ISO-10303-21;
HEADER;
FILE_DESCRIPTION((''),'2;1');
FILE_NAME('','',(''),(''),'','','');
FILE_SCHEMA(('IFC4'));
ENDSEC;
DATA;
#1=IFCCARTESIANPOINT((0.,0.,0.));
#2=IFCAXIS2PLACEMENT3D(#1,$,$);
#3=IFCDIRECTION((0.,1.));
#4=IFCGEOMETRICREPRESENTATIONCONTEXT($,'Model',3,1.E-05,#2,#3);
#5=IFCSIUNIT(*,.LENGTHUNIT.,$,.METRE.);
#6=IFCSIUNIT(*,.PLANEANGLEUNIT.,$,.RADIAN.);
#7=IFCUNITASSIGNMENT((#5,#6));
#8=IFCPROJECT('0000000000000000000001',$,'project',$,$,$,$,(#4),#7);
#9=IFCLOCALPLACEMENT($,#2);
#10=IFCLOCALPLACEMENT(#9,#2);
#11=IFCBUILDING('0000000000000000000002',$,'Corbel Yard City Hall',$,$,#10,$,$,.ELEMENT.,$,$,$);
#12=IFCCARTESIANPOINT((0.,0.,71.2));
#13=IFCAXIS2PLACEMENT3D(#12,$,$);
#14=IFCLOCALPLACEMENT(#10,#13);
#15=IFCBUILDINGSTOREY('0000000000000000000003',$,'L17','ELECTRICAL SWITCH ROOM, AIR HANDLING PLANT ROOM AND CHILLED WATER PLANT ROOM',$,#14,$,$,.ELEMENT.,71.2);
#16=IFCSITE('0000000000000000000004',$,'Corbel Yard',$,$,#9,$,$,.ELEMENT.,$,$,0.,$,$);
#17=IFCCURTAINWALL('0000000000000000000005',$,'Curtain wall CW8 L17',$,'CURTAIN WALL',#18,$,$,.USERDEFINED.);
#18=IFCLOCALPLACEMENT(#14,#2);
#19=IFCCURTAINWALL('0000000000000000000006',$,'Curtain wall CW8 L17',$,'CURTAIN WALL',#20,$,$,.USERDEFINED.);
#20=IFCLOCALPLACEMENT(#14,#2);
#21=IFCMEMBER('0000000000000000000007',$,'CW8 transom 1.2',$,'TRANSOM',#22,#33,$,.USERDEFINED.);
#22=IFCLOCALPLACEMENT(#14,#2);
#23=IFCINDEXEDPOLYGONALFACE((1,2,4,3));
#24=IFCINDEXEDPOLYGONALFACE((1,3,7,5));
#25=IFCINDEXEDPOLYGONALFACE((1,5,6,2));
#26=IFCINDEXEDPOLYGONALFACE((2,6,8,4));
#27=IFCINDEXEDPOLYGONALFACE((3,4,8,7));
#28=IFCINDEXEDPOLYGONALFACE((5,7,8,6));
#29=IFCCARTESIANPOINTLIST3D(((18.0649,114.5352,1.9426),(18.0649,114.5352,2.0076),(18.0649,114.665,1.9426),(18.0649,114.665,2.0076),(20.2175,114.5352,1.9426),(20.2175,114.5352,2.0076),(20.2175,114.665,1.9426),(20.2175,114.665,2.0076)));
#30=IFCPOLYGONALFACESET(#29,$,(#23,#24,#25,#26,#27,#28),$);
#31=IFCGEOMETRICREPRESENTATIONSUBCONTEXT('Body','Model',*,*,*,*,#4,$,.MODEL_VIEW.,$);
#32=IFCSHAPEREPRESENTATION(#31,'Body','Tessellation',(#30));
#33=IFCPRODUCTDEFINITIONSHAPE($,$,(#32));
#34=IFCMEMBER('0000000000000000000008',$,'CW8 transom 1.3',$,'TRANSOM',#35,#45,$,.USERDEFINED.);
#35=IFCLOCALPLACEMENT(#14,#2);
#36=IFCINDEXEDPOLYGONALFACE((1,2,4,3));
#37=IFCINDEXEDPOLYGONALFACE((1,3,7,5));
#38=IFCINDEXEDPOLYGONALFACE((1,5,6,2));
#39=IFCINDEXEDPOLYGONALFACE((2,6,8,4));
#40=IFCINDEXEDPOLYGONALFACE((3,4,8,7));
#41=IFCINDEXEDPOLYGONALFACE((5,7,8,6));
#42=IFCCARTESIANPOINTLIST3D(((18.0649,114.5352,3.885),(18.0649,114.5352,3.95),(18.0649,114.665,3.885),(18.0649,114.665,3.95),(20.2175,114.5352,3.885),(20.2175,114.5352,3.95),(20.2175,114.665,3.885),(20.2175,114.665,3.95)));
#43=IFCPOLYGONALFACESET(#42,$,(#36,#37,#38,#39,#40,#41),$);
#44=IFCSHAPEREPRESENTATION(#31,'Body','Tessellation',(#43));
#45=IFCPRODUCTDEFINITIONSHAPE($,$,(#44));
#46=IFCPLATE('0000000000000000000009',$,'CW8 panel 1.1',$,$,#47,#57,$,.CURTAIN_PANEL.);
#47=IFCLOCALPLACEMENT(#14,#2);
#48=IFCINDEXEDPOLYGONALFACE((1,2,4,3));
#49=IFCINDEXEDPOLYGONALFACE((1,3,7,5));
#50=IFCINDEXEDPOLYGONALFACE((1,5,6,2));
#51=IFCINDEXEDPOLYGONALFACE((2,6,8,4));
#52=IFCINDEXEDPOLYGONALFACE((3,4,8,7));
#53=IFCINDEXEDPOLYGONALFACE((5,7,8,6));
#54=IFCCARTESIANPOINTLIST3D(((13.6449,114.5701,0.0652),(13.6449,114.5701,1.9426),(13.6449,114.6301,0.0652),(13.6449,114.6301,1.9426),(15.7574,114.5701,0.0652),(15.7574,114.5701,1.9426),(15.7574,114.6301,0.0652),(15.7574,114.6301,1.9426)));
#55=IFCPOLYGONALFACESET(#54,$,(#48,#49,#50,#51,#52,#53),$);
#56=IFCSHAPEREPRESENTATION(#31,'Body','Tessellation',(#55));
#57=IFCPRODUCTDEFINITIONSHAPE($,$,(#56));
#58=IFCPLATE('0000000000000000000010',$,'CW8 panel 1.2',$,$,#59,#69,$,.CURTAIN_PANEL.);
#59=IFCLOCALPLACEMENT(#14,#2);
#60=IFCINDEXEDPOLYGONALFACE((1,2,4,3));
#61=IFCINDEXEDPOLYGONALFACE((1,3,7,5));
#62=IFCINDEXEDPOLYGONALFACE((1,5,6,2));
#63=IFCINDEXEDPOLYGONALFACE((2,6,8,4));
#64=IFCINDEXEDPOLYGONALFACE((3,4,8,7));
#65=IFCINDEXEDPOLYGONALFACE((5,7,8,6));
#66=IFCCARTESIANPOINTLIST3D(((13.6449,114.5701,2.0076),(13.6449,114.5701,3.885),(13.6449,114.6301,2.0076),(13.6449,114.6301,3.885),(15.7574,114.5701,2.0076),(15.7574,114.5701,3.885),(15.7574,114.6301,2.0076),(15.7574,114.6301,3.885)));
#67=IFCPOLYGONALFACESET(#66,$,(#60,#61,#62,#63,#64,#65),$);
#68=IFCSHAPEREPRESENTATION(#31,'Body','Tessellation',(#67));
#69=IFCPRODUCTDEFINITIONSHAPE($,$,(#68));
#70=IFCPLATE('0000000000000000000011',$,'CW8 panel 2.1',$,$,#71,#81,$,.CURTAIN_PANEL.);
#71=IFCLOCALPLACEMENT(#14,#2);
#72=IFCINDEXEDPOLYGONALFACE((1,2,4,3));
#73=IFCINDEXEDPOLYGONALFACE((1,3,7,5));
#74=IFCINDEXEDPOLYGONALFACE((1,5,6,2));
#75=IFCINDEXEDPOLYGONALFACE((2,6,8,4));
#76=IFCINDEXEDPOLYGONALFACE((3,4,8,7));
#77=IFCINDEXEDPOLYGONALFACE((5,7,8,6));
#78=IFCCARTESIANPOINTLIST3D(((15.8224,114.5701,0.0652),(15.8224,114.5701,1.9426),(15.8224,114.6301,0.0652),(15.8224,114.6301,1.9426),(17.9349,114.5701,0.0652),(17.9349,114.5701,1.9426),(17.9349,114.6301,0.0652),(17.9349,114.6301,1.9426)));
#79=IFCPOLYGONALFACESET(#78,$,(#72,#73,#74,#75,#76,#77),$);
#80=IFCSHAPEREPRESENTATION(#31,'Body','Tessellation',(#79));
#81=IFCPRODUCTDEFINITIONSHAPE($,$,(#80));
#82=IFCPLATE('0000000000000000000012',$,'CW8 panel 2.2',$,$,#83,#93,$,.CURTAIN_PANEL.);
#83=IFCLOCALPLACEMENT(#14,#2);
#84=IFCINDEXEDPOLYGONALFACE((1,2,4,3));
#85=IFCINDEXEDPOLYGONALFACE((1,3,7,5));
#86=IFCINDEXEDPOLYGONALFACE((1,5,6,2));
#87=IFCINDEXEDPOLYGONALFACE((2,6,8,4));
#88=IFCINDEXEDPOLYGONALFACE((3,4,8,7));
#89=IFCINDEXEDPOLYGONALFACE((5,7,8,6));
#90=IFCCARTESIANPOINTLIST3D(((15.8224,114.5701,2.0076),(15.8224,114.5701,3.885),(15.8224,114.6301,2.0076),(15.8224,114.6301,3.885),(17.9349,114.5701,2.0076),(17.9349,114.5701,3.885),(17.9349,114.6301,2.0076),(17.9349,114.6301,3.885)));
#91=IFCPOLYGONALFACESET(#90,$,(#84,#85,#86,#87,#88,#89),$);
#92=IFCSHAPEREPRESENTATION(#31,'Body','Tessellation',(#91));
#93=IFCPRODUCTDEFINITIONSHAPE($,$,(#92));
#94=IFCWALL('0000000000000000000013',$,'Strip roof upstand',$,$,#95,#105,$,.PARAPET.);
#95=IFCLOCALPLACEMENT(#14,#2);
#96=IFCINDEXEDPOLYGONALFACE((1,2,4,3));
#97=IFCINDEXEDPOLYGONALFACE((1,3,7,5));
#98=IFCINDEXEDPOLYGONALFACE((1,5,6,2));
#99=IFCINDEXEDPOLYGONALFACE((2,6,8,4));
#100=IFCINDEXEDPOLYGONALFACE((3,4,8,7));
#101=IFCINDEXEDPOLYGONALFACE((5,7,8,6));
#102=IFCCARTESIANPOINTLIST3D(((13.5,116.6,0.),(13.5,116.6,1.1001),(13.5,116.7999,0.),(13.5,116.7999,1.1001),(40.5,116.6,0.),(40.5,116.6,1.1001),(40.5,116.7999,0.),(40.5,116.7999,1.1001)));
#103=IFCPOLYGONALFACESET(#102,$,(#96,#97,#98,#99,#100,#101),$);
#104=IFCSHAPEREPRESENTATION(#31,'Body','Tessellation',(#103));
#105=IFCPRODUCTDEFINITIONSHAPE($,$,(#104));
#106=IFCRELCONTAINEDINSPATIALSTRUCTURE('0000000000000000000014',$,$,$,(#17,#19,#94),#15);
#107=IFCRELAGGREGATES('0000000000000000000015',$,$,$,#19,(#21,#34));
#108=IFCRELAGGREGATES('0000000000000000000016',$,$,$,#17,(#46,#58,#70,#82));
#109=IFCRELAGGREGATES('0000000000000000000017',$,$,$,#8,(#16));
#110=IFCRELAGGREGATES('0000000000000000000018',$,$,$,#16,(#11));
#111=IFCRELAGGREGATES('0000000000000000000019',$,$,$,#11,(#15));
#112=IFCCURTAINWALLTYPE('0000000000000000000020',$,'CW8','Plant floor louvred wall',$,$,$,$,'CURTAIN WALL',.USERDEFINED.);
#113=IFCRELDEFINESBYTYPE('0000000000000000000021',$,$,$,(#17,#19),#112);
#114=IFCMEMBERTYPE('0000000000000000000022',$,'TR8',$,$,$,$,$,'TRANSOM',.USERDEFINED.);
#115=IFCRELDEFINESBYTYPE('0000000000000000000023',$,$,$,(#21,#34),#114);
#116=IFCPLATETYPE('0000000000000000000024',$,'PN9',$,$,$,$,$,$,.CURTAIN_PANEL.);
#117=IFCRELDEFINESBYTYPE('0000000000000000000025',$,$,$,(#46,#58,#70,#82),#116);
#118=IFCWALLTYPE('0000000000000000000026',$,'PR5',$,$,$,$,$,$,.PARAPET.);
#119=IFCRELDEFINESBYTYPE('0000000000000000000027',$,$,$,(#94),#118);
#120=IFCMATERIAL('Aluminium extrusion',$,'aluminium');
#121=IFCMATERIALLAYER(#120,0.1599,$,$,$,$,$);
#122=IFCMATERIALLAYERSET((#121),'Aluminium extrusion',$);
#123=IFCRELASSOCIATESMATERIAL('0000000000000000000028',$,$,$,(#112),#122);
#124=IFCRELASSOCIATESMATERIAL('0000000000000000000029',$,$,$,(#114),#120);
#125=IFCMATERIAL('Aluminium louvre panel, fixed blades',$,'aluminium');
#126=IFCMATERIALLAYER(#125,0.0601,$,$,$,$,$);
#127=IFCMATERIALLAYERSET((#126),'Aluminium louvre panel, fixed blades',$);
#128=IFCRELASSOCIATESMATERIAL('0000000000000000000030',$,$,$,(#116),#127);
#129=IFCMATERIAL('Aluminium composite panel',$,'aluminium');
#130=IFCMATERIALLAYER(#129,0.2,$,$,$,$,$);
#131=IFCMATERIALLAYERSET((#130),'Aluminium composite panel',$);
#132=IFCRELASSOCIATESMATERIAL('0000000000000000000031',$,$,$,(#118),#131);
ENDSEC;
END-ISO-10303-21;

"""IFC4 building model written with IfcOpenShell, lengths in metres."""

from ifc_helpers import new_model, si_unit, direction, frame, frame_2d, origin, origin_2d, place, context, subcontext, project, spatial, rectangle, extrude, material, layer, layer_set, material_profile, profile_set, type_object, element, aggregate, save


model = new_model("IFC4")

# Units and contexts
model_context = context("Model", 3, precision=1e-05, world=origin(), true_north=direction((0.0, 1.0)))
body_context = subcontext(model_context, "Body", "Model", "MODEL_VIEW")
ifc_project = project(units=[si_unit("LENGTHUNIT", "METRE"), si_unit("PLANEANGLEUNIT", "RADIAN")], contexts=[model_context])

# Site, building, storey
site_placement = place(None, origin())
site = spatial("IfcSite", under=ifc_project, at=site_placement, Name="Corbel Yard", CompositionType="ELEMENT", RefElevation=0.0)
building_placement = place(site_placement, origin())
building = spatial("IfcBuilding", under=site, at=building_placement, Name="Corbel Yard City Hall", CompositionType="ELEMENT")
storey_placement = place(building_placement, frame((0.0, 0.0, 71.2)))
storey = spatial("IfcBuildingStorey", under=building, at=storey_placement, Name="L17", Description="ELECTRICAL SWITCH ROOM, AIR HANDLING PLANT ROOM AND CHILLED WATER PLANT ROOM", CompositionType="ELEMENT", Elevation=71.2)

# Curtain wall
ifc_material_1 = material(Name="Aluminium extrusion", Category="aluminium")
ifc_layer_1 = layer(ifc_material_1, 0.1599)
ifc_layer_set_1 = layer_set([ifc_layer_1], Name="Aluminium extrusion")
curtain_wall_type = type_object("IfcCurtainWallType", Name="CW8", Description="Plant floor louvred wall", ElementType="CURTAIN WALL", PredefinedType="USERDEFINED", material=ifc_layer_set_1)
curtain_wall_1_placement = place(storey_placement, origin())
curtain_wall_1 = element("IfcCurtainWall", 1, at=curtain_wall_1_placement, inside=storey, type_object=curtain_wall_type, Name="Curtain wall CW8 L17", ObjectType="CURTAIN WALL", PredefinedType="USERDEFINED")

# Curtain wall
curtain_wall_2_placement = place(storey_placement, origin())
curtain_wall_2 = element("IfcCurtainWall", 2, at=curtain_wall_2_placement, inside=storey, type_object=curtain_wall_type, Name="Curtain wall CW8 L17", ObjectType="CURTAIN WALL", PredefinedType="USERDEFINED")

# Members
ifc_material_profile_1 = material_profile(ifc_material_1, rectangle(XDim=0.1299, YDim=0.0649, at=origin_2d()), Name="130x65")
ifc_profile_set_1 = profile_set([ifc_material_profile_1], Name="Aluminium extrusion")
member_type_1 = type_object("IfcMemberType", Name="TR8", ElementType="TRANSOM", PredefinedType="USERDEFINED", material=ifc_profile_set_1)
member_1_placement = place(storey_placement, frame((18.0649, 114.6001, 1.9751), z_axis=(1.0, 0.0, 0.0), x_axis=(0.0, 1.0, 0.0)))
member_1 = element("IfcMember", 3, at=member_1_placement, type_object=member_type_1, Name="CW8 transom 1.2", ObjectType="TRANSOM", PredefinedType="USERDEFINED", context=body_context, shape_type="SweptSolid", body=[
    extrude(rectangle(XDim=0.1299, YDim=0.0649, at=origin_2d()), origin(), (0.0, 0.0, 1.0), 2.1526),
])
member_2_placement = place(storey_placement, frame((18.0649, 114.6001, 3.9175), z_axis=(1.0, 0.0, 0.0), x_axis=(0.0, 1.0, 0.0)))
member_2 = element("IfcMember", 4, at=member_2_placement, type_object=member_type_1, Name="CW8 transom 1.3", ObjectType="TRANSOM", PredefinedType="USERDEFINED", context=body_context, shape_type="SweptSolid", body=[
    extrude(rectangle(XDim=0.1299, YDim=0.0649, at=origin_2d()), origin(), (0.0, 0.0, 1.0), 2.1526),
])
aggregate(curtain_wall_2, [member_1, member_2])

# Plates
ifc_material_2 = material(Name="Aluminium louvre panel, fixed blades", Category="aluminium")
ifc_layer_2 = layer(ifc_material_2, 0.0601)
ifc_layer_set_2 = layer_set([ifc_layer_2], Name="Aluminium louvre panel, fixed blades")
plate_type = type_object("IfcPlateType", Name="PN9", PredefinedType="CURTAIN_PANEL", material=ifc_layer_set_2)
plate_1_placement = place(storey_placement, frame((14.7012, 114.6001, 0.0652), z_axis=(0.0, 0.0, 1.0), x_axis=(1.0, 0.0, 0.0)))
plate_1 = element("IfcPlate", 5, at=plate_1_placement, type_object=plate_type, Name="CW8 panel 1.1", PredefinedType="CURTAIN_PANEL", context=body_context, shape_type="SweptSolid", body=[
    extrude(rectangle(XDim=2.1125, YDim=0.0601, at=origin_2d()), origin(), (0.0, 0.0, 1.0), 1.8774),
])
plate_2_placement = place(storey_placement, frame((14.7012, 114.6001, 2.0076), z_axis=(0.0, 0.0, 1.0), x_axis=(1.0, 0.0, 0.0)))
plate_2 = element("IfcPlate", 6, at=plate_2_placement, type_object=plate_type, Name="CW8 panel 1.2", PredefinedType="CURTAIN_PANEL", context=body_context, shape_type="SweptSolid", body=[
    extrude(rectangle(XDim=2.1125, YDim=0.0601, at=origin_2d()), origin(), (0.0, 0.0, 1.0), 1.8774),
])
plate_3_placement = place(storey_placement, frame((16.8787, 114.6001, 0.0652), z_axis=(0.0, 0.0, 1.0), x_axis=(1.0, 0.0, 0.0)))
plate_3 = element("IfcPlate", 7, at=plate_3_placement, type_object=plate_type, Name="CW8 panel 2.1", PredefinedType="CURTAIN_PANEL", context=body_context, shape_type="SweptSolid", body=[
    extrude(rectangle(XDim=2.1125, YDim=0.0601, at=origin_2d()), origin(), (0.0, 0.0, 1.0), 1.8774),
])
plate_4_placement = place(storey_placement, frame((16.8787, 114.6001, 2.0076), z_axis=(0.0, 0.0, 1.0), x_axis=(1.0, 0.0, 0.0)))
plate_4 = element("IfcPlate", 8, at=plate_4_placement, type_object=plate_type, Name="CW8 panel 2.2", PredefinedType="CURTAIN_PANEL", context=body_context, shape_type="SweptSolid", body=[
    extrude(rectangle(XDim=2.1125, YDim=0.0601, at=origin_2d()), origin(), (0.0, 0.0, 1.0), 1.8774),
])
aggregate(curtain_wall_1, [plate_1, plate_2, plate_3, plate_4])

# Wall
ifc_material_3 = material(Name="Aluminium composite panel", Category="aluminium")
ifc_layer_3 = layer(ifc_material_3, 0.2)
ifc_layer_set_3 = layer_set([ifc_layer_3], Name="Aluminium composite panel")
wall_type = type_object("IfcWallType", Name="PR5", PredefinedType="PARAPET", material=ifc_layer_set_3)
wall_placement = place(storey_placement, frame((13.5, 116.7, 0.0), z_axis=(0.0, 0.0, 1.0), x_axis=(1.0, 0.0, 0.0)))
element("IfcWall", 9, at=wall_placement, inside=storey, type_object=wall_type, Name="Strip roof upstand", PredefinedType="PARAPET", context=body_context, shape_type="SweptSolid", body=[
    extrude(rectangle(XDim=27.0, YDim=0.2, at=frame_2d((13.5, 0.0))), origin(), (0.0, 0.0, 1.0), 1.1001),
])

save(model, "model.ifc")
